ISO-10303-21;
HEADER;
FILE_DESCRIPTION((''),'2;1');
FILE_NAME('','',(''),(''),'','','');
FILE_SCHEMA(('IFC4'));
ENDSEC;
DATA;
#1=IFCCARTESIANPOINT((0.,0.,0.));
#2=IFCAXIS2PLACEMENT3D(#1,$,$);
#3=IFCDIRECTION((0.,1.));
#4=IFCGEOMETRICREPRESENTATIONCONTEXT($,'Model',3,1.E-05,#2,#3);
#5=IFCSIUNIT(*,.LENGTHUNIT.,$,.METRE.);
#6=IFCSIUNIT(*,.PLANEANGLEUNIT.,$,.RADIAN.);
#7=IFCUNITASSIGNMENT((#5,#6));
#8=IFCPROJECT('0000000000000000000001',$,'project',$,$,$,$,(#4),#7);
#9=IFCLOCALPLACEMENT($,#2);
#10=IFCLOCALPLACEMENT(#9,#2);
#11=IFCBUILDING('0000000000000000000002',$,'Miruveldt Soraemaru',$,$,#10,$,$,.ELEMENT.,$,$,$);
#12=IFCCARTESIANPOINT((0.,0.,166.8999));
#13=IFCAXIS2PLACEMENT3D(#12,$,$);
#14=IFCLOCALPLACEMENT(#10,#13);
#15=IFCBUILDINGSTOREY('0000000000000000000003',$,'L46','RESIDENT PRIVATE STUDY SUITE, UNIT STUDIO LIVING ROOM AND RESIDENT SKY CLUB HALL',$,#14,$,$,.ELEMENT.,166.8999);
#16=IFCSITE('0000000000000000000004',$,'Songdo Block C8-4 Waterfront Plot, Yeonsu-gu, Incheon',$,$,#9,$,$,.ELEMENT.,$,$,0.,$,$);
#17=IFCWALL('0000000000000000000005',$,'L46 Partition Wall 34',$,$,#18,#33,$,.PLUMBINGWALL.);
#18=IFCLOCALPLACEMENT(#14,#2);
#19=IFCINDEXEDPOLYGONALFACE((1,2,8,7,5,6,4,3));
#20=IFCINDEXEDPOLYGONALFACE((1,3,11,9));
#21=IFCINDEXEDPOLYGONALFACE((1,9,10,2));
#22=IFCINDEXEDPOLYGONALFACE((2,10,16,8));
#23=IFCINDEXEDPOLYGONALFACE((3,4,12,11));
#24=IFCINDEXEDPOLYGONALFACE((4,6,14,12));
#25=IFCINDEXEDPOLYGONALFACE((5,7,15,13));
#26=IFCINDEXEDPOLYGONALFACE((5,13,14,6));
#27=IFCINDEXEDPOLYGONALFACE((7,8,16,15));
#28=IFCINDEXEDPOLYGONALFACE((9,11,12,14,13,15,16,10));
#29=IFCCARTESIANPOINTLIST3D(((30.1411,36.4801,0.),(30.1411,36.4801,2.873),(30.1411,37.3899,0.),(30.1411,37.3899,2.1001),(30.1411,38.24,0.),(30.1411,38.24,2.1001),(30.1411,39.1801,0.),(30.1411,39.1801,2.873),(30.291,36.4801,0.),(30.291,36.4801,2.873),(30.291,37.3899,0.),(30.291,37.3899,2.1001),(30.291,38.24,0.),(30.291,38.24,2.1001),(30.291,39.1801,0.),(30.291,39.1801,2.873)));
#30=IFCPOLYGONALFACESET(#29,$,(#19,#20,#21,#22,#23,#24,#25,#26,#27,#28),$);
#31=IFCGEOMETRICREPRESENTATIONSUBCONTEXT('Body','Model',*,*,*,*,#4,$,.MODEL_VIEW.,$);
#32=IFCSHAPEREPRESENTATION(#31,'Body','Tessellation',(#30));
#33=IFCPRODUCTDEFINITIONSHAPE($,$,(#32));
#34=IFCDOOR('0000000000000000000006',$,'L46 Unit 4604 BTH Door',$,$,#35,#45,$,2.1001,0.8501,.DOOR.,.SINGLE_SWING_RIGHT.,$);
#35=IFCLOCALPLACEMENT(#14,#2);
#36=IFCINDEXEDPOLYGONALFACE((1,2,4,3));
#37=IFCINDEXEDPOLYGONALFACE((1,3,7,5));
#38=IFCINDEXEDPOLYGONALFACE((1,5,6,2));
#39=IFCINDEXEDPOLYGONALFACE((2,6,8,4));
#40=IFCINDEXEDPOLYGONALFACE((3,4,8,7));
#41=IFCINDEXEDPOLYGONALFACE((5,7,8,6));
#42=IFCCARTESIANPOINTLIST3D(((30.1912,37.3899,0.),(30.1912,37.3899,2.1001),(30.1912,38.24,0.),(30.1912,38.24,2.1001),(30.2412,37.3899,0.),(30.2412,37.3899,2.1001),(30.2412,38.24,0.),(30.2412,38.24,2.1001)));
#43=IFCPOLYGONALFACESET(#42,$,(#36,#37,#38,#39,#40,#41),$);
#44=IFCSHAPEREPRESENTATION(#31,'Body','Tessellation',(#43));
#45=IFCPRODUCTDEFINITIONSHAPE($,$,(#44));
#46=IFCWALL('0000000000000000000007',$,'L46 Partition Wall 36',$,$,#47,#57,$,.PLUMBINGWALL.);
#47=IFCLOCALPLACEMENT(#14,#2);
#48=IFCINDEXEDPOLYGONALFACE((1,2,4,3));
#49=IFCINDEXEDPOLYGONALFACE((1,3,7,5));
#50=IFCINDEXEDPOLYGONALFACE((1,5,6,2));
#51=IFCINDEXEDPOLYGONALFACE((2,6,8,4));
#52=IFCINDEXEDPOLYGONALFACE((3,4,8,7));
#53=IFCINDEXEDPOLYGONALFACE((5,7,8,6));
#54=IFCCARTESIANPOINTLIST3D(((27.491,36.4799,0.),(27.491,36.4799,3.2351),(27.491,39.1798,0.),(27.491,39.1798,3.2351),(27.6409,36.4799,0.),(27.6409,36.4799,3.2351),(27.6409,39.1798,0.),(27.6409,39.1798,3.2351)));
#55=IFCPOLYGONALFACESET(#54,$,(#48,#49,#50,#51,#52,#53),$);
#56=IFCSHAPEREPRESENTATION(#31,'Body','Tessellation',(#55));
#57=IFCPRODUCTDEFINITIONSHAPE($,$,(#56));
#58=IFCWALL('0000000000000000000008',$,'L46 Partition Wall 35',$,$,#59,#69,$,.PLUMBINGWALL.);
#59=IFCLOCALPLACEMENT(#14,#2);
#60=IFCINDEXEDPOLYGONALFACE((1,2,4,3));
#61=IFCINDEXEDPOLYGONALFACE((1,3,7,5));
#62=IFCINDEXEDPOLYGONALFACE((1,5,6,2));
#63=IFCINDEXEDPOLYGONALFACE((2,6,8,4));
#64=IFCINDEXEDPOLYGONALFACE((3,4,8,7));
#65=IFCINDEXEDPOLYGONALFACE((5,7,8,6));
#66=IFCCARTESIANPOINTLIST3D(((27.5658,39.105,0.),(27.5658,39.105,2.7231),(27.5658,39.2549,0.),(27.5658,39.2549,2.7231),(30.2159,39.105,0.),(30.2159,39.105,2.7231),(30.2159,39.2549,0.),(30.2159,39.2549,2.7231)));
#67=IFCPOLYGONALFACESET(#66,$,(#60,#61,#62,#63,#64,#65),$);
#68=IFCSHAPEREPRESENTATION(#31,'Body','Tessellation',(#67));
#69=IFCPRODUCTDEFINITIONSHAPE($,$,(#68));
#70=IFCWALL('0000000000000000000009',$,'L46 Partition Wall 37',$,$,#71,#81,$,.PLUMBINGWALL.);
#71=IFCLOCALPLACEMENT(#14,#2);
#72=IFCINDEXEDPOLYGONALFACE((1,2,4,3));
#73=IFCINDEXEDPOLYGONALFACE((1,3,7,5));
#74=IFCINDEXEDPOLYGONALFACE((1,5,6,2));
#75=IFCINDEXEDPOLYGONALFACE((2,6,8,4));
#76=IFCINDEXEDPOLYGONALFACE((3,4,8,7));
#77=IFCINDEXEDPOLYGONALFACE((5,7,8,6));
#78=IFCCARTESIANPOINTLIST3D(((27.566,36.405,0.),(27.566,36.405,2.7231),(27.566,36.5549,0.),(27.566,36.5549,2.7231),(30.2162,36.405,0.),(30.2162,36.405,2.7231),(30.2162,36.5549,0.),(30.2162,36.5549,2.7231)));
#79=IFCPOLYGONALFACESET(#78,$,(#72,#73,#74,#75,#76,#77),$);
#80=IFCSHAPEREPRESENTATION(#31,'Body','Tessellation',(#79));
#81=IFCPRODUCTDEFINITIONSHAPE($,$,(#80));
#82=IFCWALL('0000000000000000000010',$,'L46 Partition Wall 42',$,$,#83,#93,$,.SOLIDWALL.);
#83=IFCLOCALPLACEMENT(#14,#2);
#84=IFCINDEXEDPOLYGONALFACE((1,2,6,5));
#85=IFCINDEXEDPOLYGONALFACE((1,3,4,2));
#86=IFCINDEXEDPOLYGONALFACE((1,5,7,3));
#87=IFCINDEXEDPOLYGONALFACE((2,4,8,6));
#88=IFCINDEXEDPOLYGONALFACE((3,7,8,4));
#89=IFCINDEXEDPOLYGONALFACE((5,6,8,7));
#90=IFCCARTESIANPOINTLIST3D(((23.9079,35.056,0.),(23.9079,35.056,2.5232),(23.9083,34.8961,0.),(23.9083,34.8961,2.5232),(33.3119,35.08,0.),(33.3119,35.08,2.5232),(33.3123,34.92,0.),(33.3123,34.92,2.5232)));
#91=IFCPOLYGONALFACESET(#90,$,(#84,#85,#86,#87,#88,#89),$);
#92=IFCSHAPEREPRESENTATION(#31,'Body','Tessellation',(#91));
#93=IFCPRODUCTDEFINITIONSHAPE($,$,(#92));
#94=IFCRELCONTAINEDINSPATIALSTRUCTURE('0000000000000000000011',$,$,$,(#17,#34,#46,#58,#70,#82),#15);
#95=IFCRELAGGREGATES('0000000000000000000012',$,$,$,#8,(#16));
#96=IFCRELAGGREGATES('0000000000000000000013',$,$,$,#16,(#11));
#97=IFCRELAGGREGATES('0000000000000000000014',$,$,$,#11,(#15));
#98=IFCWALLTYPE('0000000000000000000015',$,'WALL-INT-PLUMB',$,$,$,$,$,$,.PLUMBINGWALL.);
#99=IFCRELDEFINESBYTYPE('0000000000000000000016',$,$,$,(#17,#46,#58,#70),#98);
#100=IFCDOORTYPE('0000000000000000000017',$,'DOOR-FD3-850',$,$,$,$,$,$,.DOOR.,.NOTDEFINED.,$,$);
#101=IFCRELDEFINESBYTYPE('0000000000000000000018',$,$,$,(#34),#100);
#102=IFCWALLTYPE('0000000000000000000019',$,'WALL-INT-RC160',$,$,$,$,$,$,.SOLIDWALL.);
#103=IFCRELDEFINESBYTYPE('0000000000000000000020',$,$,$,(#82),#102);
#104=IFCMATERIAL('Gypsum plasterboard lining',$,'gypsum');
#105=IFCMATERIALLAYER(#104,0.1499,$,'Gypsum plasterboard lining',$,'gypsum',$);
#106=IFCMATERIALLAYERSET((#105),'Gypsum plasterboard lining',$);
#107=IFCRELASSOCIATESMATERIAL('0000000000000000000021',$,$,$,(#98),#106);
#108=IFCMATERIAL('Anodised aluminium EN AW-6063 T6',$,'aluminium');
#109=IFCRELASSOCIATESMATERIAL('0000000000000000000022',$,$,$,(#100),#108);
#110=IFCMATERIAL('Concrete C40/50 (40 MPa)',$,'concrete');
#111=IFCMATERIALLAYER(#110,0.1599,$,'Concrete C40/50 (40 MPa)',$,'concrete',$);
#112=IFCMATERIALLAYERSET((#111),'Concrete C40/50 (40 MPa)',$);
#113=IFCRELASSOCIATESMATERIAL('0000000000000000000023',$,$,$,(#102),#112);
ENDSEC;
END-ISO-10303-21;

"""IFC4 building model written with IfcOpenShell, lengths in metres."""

from ifc_helpers import new_model, si_unit, direction, frame, frame_2d, origin, place, context, subcontext, project, spatial, rectangle, extrude, material, layer, layer_set, type_object, element, fill, save


model = new_model("IFC4")

# Units and contexts
model_context = context("Model", 3, precision=1e-05, world=origin(), true_north=direction((0.0, 1.0)))
body_context = subcontext(model_context, "Body", "Model", "MODEL_VIEW")
ifc_project = project(units=[si_unit("LENGTHUNIT", "METRE"), si_unit("PLANEANGLEUNIT", "RADIAN")], contexts=[model_context])

# Site, building, storey
site_placement = place(None, origin())
site = spatial("IfcSite", under=ifc_project, at=site_placement, Name="Songdo Block C8-4 Waterfront Plot, Yeonsu-gu, Incheon", CompositionType="ELEMENT", RefElevation=0.0)
building_placement = place(site_placement, origin())
building = spatial("IfcBuilding", under=site, at=building_placement, Name="Miruveldt Soraemaru", CompositionType="ELEMENT")
storey_placement = place(building_placement, frame((0.0, 0.0, 166.8999)))
storey = spatial("IfcBuildingStorey", under=building, at=storey_placement, Name="L46", Description="RESIDENT PRIVATE STUDY SUITE, UNIT STUDIO LIVING ROOM AND RESIDENT SKY CLUB HALL", CompositionType="ELEMENT", Elevation=166.8999)

# Shared definitions
ifc_material_1 = material(Name="Gypsum plasterboard lining", Category="gypsum")
ifc_material_2 = material(Name="Anodised aluminium EN AW-6063 T6", Category="aluminium")

# Wall, opening, door
ifc_layer_1 = layer(ifc_material_1, 0.1499, Name="Gypsum plasterboard lining", Category="gypsum")
ifc_layer_set_1 = layer_set([ifc_layer_1], Name="Gypsum plasterboard lining")
wall_type_1 = type_object("IfcWallType", Name="WALL-INT-PLUMB", PredefinedType="PLUMBINGWALL", material=ifc_layer_set_1)
wall_1_placement = place(storey_placement, frame((30.2161, 36.48, 0.0), z_axis=(0.0, 0.0, 1.0), x_axis=(0.0, 1.0, 0.0)))
wall_1 = element("IfcWall", 1, at=wall_1_placement, inside=storey, type_object=wall_type_1, Name="L46 Partition Wall 34", PredefinedType="PLUMBINGWALL", context=body_context, shape_type="SweptSolid", body=[
    extrude(rectangle(XDim=2.7, YDim=0.1499, at=frame_2d((1.3501, 0.0))), origin(), (0.0, 0.0, 1.0), 2.873),
])
opening_1_placement = place(wall_1_placement, frame((0.9099, 0.0, 0.0)))
opening_1 = element("IfcOpeningElement", 2, at=opening_1_placement, cuts=wall_1, PredefinedType="OPENING", context=body_context, shape_type="SweptSolid", body=[
    extrude(rectangle(XDim=0.8501, YDim=2.1001, at=frame_2d((0.425, 1.05))), frame((0.0, 0.085, 0.0), z_axis=(0.0, -1.0, 0.0), x_axis=(1.0, 0.0, 0.0)), (0.0, 0.0, 1.0), 0.1699),
])
door_type_1 = type_object("IfcDoorType", Name="DOOR-FD3-850", OperationType="NOTDEFINED", PredefinedType="DOOR", material=ifc_material_2)
door_1_placement = place(opening_1_placement, origin())
door_1 = element("IfcDoor", 3, at=door_1_placement, inside=storey, type_object=door_type_1, Name="L46 Unit 4604 BTH Door", OperationType="SINGLE_SWING_RIGHT", OverallHeight=2.1001, OverallWidth=0.8501, PredefinedType="DOOR", context=body_context, shape_type="SweptSolid", body=[
    extrude(rectangle(XDim=0.8501, YDim=2.1001, at=frame_2d((0.425, 1.05))), frame((0.0, 0.0249, 0.0), z_axis=(0.0, -1.0, 0.0), x_axis=(1.0, 0.0, 0.0)), (0.0, 0.0, 1.0), 0.05),
])
fill(opening_1, door_1)

# Walls
wall_2_placement = place(storey_placement, frame((27.5659, 39.1799, 0.0), z_axis=(0.0, 0.0, 1.0), x_axis=(0.0, -1.0, 0.0)))
element("IfcWall", 4, at=wall_2_placement, inside=storey, type_object=wall_type_1, Name="L46 Partition Wall 36", PredefinedType="PLUMBINGWALL", context=body_context, shape_type="SweptSolid", body=[
    extrude(rectangle(XDim=2.7, YDim=0.1499, at=frame_2d((1.3501, 0.0))), origin(), (0.0, 0.0, 1.0), 3.2351),
])
for number, where, z_axis, x_axis, name in (
    (5, (30.2161, 39.1799, 0.0), (0.0, 0.0, 1.0), (-1.0, 0.0, 0.0), "L46 Partition Wall 35"),
    (6, (27.5659, 36.48, 0.0), (0.0, 0.0, 1.0), (1.0, 0.0, 0.0), "L46 Partition Wall 37"),
):
    element("IfcWall", number, at=place(storey_placement, frame(where, z_axis=z_axis, x_axis=x_axis)), inside=storey, type_object=wall_type_1, Name=name, PredefinedType="PLUMBINGWALL", context=body_context, shape_type="SweptSolid", body=[
        extrude(rectangle(XDim=2.6501, YDim=0.1499, at=frame_2d((1.3252, 0.0))), origin(), (0.0, 0.0, 1.0), 2.7231),
    ])
ifc_material_3 = material(Name="Concrete C40/50 (40 MPa)", Category="concrete")
ifc_layer_2 = layer(ifc_material_3, 0.1599, Name="Concrete C40/50 (40 MPa)", Category="concrete")
ifc_layer_set_2 = layer_set([ifc_layer_2], Name="Concrete C40/50 (40 MPa)")
wall_type_2 = type_object("IfcWallType", Name="WALL-INT-RC160", PredefinedType="SOLIDWALL", material=ifc_layer_set_2)
wall_3_placement = place(storey_placement, frame((23.908, 34.9761, 0.0), z_axis=(0.0, 0.0, 1.0), x_axis=(0.999997, 0.002544, 0.0)))
element("IfcWall", 7, at=wall_3_placement, inside=storey, type_object=wall_type_2, Name="L46 Partition Wall 42", PredefinedType="SOLIDWALL", context=body_context, shape_type="SweptSolid", body=[
    extrude(rectangle(XDim=9.4041, YDim=0.1599, at=frame_2d((4.7021, 0.0))), origin(), (0.0, 0.0, 1.0), 2.5232),
])

save(model, "model.ifc")
